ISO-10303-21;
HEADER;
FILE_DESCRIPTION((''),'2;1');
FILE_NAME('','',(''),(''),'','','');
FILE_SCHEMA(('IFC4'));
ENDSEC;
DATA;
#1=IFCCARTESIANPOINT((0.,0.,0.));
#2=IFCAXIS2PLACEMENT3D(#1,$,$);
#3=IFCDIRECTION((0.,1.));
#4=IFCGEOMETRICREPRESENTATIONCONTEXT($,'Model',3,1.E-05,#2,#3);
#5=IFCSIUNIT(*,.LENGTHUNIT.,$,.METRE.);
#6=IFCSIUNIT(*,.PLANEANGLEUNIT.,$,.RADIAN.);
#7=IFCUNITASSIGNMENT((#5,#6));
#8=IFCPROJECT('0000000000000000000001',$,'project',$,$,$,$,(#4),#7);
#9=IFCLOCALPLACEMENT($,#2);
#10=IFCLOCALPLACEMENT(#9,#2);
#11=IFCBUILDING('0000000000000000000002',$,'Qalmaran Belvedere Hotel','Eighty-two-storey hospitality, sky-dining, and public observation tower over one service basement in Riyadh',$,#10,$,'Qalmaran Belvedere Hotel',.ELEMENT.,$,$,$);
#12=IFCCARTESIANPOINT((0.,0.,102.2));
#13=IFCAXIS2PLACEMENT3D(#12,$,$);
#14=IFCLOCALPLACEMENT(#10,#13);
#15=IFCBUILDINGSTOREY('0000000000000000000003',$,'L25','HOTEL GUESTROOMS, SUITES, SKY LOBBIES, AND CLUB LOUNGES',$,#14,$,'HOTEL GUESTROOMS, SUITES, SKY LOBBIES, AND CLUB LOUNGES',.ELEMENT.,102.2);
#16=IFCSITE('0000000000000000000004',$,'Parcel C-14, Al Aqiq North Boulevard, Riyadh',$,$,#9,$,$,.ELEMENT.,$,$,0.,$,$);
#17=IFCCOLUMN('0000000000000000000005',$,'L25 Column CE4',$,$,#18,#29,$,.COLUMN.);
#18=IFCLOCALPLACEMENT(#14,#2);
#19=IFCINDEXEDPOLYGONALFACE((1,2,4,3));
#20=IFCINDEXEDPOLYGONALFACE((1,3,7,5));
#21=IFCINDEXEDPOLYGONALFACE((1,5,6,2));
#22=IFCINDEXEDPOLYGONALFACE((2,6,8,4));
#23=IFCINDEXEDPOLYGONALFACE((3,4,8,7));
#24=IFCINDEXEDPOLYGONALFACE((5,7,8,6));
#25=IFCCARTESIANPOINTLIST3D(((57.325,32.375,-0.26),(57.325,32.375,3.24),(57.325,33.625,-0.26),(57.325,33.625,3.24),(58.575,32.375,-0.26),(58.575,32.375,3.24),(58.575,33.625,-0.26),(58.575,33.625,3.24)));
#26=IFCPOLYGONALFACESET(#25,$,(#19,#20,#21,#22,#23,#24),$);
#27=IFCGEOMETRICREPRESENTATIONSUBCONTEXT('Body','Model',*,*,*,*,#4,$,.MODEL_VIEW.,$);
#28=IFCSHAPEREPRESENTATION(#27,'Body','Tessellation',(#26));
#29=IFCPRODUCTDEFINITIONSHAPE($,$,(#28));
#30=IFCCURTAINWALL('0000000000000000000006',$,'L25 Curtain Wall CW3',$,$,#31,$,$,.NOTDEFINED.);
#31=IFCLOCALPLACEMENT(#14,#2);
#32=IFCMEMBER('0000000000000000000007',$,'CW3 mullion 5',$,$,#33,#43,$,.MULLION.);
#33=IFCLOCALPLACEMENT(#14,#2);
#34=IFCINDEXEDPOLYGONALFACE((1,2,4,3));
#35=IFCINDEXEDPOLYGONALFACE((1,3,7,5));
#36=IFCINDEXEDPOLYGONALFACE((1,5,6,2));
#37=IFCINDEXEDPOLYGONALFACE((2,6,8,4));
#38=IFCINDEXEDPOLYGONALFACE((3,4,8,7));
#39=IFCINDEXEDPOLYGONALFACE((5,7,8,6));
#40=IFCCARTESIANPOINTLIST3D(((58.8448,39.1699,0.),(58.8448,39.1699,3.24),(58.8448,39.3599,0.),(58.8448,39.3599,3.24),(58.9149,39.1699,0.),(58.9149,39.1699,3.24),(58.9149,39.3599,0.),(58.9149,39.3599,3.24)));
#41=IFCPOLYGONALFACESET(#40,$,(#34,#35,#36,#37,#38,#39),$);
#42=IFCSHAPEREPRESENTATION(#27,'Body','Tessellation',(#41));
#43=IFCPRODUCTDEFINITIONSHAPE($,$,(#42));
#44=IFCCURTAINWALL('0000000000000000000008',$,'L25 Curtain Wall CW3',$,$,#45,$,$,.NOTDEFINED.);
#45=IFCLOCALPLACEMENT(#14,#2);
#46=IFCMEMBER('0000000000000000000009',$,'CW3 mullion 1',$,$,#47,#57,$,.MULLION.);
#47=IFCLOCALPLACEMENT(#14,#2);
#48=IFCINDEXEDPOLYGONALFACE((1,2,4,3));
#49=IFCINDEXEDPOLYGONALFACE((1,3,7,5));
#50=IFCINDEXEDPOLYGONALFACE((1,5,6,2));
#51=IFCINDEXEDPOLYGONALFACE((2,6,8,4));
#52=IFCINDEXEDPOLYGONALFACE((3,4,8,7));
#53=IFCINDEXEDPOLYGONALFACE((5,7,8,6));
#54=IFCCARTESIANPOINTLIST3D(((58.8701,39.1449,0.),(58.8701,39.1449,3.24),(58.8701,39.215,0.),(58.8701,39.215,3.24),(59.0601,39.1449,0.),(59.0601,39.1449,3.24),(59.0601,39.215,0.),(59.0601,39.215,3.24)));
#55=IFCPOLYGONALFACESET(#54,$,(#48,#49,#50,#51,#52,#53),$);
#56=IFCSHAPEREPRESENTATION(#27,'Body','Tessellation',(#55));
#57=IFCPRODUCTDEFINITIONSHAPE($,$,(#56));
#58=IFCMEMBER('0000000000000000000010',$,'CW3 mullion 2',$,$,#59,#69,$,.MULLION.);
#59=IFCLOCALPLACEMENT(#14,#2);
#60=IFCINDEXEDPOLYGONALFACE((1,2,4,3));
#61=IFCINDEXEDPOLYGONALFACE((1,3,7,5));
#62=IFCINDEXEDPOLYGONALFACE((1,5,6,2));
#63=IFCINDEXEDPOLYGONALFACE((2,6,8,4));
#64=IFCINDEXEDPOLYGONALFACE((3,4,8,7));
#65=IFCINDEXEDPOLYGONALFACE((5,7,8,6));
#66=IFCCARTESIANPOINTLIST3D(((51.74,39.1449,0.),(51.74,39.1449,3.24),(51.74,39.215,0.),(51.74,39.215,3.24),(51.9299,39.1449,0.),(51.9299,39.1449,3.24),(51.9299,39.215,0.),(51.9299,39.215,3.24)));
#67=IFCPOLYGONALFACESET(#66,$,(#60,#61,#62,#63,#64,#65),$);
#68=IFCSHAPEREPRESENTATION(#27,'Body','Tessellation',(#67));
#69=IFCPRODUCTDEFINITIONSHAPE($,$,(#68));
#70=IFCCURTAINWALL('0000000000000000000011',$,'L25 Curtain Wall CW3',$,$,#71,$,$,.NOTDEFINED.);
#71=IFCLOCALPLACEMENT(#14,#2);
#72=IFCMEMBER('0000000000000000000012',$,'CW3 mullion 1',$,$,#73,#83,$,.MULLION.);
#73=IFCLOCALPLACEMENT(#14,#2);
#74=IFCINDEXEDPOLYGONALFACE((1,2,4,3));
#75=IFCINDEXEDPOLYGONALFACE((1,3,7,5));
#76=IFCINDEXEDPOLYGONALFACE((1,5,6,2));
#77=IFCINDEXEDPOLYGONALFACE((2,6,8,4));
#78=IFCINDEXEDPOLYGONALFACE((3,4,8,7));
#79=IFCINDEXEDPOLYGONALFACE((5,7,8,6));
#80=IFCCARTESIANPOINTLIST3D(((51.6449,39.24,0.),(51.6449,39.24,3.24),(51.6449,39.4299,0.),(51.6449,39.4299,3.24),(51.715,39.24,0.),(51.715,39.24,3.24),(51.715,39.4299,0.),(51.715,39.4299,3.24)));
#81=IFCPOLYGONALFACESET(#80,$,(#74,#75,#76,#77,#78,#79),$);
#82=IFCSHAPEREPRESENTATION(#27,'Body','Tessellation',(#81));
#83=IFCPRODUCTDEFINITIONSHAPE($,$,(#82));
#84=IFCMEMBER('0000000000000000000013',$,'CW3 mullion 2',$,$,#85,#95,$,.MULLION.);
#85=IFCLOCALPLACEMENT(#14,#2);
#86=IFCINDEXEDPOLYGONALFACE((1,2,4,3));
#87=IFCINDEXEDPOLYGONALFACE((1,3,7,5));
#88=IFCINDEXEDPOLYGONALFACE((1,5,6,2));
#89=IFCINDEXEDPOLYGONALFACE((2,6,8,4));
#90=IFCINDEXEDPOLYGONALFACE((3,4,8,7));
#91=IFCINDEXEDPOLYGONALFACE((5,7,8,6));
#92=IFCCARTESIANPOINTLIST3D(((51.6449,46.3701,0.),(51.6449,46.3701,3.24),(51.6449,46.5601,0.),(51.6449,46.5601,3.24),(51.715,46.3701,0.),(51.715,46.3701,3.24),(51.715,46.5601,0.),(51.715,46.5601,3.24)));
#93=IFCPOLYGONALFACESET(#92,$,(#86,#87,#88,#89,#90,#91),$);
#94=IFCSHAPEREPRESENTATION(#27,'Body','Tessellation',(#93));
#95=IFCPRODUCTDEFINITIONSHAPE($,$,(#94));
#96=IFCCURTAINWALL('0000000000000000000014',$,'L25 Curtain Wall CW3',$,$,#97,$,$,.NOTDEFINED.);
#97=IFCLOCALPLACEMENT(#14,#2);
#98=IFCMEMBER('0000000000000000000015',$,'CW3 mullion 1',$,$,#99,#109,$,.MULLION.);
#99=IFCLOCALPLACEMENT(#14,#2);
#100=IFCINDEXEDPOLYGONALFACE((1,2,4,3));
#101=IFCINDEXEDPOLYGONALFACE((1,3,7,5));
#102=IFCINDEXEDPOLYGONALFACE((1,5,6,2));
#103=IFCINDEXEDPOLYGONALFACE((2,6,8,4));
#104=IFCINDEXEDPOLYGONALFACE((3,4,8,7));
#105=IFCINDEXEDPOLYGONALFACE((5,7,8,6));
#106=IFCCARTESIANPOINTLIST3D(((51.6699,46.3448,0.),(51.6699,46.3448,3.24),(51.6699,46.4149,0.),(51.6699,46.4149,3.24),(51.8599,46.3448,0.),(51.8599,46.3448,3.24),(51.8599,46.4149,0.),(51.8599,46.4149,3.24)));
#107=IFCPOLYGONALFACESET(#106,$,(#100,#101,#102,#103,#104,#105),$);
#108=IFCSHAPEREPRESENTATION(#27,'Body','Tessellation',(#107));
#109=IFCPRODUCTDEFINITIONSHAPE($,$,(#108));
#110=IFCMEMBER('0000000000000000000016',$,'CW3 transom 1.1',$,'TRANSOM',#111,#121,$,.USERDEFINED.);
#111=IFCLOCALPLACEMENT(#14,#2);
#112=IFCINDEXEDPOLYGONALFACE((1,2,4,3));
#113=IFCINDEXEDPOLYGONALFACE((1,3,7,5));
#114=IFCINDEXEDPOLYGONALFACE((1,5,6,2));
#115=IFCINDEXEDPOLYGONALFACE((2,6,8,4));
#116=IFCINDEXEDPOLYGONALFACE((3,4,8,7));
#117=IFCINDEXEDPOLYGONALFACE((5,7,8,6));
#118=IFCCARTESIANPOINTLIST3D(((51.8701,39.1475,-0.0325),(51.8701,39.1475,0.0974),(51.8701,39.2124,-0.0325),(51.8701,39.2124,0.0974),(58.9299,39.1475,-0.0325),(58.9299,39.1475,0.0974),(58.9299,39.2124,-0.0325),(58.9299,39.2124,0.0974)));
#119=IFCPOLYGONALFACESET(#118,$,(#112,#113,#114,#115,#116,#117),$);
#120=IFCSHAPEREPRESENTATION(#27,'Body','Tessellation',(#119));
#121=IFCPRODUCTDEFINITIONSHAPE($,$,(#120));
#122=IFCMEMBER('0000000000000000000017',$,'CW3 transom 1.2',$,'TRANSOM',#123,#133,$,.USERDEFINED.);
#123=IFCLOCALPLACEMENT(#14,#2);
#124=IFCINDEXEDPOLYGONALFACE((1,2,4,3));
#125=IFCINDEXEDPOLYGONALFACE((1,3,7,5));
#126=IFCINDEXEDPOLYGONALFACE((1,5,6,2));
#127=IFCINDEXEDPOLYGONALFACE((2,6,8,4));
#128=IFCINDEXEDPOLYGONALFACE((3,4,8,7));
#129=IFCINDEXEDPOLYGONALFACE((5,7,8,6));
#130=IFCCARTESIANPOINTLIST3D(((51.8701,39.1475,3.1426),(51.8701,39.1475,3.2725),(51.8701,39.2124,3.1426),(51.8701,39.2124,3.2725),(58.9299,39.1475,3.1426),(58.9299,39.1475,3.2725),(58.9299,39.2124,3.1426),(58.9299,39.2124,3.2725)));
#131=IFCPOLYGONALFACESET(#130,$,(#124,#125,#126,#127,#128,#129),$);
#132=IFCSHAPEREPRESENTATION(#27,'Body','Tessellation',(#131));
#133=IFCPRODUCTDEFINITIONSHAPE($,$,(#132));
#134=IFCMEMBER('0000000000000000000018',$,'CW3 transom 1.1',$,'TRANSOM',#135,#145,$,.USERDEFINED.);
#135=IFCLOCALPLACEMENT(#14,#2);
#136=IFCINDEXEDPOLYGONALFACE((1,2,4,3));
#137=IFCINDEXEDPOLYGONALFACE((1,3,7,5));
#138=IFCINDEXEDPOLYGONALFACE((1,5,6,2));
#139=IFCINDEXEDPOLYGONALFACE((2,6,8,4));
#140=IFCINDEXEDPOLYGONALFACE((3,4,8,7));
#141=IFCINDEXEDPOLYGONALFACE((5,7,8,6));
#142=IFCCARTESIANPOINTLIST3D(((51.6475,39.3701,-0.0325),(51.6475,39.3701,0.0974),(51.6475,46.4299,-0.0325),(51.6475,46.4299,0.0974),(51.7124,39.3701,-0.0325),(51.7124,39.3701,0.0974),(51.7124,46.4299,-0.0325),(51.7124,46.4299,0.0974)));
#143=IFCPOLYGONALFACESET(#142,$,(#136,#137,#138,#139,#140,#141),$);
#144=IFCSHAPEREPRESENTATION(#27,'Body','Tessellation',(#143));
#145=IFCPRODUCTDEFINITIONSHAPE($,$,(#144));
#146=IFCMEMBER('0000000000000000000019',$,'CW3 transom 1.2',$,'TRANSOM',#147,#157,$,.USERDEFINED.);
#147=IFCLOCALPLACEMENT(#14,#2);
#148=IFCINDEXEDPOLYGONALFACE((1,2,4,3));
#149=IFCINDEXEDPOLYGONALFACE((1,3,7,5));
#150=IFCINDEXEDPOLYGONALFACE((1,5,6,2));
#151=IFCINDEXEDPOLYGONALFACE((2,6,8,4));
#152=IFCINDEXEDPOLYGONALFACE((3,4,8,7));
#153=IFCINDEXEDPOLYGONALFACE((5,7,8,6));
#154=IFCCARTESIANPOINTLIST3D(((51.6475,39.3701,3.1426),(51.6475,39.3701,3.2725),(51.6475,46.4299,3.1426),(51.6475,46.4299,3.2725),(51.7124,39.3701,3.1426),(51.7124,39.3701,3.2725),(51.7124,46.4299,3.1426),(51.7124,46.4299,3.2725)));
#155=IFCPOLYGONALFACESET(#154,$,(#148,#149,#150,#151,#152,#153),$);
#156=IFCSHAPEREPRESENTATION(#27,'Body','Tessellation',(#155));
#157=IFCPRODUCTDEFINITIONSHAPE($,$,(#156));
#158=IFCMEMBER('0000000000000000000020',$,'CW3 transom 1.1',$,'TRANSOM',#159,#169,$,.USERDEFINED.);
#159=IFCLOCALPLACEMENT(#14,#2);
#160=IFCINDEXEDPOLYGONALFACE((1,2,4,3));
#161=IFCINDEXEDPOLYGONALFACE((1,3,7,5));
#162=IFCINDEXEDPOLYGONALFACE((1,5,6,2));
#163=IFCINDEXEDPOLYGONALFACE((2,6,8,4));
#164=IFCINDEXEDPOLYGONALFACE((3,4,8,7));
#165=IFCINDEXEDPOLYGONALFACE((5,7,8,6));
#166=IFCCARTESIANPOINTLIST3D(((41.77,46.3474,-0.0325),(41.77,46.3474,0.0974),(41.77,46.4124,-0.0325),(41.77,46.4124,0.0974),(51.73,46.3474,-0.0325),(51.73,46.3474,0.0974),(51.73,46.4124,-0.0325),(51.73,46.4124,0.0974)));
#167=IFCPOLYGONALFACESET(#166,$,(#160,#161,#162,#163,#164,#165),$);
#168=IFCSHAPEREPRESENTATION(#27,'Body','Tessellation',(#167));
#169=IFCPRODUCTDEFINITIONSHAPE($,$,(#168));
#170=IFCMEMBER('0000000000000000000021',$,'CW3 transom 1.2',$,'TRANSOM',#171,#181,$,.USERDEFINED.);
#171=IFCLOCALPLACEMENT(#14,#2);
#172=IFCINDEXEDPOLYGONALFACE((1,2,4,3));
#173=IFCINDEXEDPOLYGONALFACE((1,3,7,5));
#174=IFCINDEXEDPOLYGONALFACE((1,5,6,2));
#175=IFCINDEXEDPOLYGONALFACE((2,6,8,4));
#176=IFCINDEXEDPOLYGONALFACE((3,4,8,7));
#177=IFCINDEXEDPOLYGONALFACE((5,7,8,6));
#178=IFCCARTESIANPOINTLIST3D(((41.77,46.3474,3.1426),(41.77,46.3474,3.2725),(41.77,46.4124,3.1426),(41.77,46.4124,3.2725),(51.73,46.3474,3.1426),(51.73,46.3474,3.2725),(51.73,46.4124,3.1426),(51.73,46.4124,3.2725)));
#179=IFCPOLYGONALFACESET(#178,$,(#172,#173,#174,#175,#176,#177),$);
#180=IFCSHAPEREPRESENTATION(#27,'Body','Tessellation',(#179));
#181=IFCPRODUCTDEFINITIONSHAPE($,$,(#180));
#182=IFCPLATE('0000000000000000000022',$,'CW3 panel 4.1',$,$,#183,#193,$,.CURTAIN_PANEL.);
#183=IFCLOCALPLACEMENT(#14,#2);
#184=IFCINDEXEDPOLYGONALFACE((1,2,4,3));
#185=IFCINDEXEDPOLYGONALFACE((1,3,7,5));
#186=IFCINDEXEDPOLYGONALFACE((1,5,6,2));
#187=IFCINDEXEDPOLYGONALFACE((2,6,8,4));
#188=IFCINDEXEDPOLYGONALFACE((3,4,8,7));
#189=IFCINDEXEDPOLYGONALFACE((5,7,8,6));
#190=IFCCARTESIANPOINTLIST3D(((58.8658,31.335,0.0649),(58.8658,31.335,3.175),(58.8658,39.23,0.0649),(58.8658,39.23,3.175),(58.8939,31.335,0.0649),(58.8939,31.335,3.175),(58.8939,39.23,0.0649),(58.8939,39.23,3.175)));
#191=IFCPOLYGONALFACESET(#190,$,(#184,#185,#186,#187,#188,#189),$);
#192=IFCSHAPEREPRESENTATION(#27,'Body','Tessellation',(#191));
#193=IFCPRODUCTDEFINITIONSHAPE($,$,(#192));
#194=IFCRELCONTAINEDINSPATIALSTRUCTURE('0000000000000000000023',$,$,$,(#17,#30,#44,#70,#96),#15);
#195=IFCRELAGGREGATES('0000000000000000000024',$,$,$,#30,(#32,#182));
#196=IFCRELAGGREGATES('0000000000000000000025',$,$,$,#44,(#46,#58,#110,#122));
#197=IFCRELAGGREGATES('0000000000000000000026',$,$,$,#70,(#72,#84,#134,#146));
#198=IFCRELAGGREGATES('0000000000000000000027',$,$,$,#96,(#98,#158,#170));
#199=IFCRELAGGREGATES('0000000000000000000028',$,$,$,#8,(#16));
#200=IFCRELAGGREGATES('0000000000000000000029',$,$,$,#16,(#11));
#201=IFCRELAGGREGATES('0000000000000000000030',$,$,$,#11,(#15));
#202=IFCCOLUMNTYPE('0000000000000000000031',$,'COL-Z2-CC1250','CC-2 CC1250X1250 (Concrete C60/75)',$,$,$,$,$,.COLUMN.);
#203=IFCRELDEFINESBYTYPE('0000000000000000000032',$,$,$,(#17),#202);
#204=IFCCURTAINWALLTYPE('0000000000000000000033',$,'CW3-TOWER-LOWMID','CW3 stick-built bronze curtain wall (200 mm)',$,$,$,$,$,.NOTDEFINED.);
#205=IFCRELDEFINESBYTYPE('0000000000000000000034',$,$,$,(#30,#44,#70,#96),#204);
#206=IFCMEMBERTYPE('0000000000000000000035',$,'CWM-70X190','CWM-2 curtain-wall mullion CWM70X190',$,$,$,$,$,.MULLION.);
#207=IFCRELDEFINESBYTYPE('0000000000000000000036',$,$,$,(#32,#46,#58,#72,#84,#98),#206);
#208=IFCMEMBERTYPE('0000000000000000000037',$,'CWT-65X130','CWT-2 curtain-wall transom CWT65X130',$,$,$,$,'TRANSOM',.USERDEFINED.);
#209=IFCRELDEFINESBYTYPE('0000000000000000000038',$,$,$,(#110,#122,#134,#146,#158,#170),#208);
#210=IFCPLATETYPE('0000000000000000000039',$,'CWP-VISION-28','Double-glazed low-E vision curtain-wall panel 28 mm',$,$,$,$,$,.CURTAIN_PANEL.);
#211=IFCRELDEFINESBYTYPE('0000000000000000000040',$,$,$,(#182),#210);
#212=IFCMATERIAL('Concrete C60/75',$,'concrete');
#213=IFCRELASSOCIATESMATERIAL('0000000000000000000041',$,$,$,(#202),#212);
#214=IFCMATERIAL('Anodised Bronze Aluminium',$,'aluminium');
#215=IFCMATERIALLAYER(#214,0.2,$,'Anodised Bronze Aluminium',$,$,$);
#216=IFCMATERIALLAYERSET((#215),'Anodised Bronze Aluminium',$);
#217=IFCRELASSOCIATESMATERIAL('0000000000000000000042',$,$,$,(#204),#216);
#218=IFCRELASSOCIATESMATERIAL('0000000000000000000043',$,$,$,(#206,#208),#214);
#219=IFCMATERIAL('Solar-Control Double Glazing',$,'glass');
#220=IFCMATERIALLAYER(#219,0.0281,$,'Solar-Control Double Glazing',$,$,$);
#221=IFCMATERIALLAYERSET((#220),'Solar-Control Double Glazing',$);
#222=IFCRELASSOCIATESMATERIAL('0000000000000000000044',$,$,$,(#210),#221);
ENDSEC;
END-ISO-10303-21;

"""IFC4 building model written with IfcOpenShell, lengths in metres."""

from ifc_helpers import new_model, si_unit, direction, frame, origin, origin_2d, place, context, subcontext, project, spatial, rectangle, extrude, material, layer, layer_set, material_profile, profile_set, type_object, element, aggregate, save


model = new_model("IFC4")

# Units and contexts
model_context = context("Model", 3, precision=1e-05, world=origin(), true_north=direction((0.0, 1.0)))
body_context = subcontext(model_context, "Body", "Model", "MODEL_VIEW")
ifc_project = project(units=[si_unit("LENGTHUNIT", "METRE"), si_unit("PLANEANGLEUNIT", "RADIAN")], contexts=[model_context])

# Site, building, storey
site_placement = place(None, origin())
site = spatial("IfcSite", under=ifc_project, at=site_placement, Name="Parcel C-14, Al Aqiq North Boulevard, Riyadh", CompositionType="ELEMENT", RefElevation=0.0)
building_placement = place(site_placement, origin())
building = spatial("IfcBuilding", under=site, at=building_placement, Name="Qalmaran Belvedere Hotel", Description="Eighty-two-storey hospitality, sky-dining, and public observation tower over one service basement in Riyadh", LongName="Qalmaran Belvedere Hotel", CompositionType="ELEMENT")
storey_placement = place(building_placement, frame((0.0, 0.0, 102.2)))
storey = spatial("IfcBuildingStorey", under=building, at=storey_placement, Name="L25", Description="HOTEL GUESTROOMS, SUITES, SKY LOBBIES, AND CLUB LOUNGES", LongName="HOTEL GUESTROOMS, SUITES, SKY LOBBIES, AND CLUB LOUNGES", CompositionType="ELEMENT", Elevation=102.2)

# Column
ifc_material_1 = material(Name="Concrete C60/75", Category="concrete")
ifc_material_profile_1 = material_profile(ifc_material_1, rectangle(XDim=1.25, YDim=1.25, at=origin_2d()), Name="CC1250X1250")
ifc_profile_set_1 = profile_set([ifc_material_profile_1], Name="Concrete C60/75")
column_type = type_object("IfcColumnType", Name="COL-Z2-CC1250", Description="CC-2 CC1250X1250 (Concrete C60/75)", PredefinedType="COLUMN", material=ifc_profile_set_1)
column_placement = place(storey_placement, frame((57.95, 33.0, -0.26), z_axis=(0.0, 0.0, 1.0), x_axis=(1.0, 0.0, 0.0)))
element("IfcColumn", 1, at=column_placement, inside=storey, type_object=column_type, Name="L25 Column CE4", PredefinedType="COLUMN", context=body_context, shape_type="SweptSolid", body=[
    extrude(rectangle(XDim=1.25, YDim=1.25, at=origin_2d()), origin(), (0.0, 0.0, 1.0), 3.5),
])

# Curtain wall, member
ifc_material_2 = material(Name="Anodised Bronze Aluminium", Category="aluminium")
ifc_layer_1 = layer(ifc_material_2, 0.2, Name="Anodised Bronze Aluminium")
ifc_layer_set_1 = layer_set([ifc_layer_1], Name="Anodised Bronze Aluminium")
curtain_wall_type = type_object("IfcCurtainWallType", Name="CW3-TOWER-LOWMID", Description="CW3 stick-built bronze curtain wall (200 mm)", PredefinedType="NOTDEFINED", material=ifc_layer_set_1)
curtain_wall_1_placement = place(storey_placement, origin())
curtain_wall_1 = element("IfcCurtainWall", 2, at=curtain_wall_1_placement, inside=storey, type_object=curtain_wall_type, Name="L25 Curtain Wall CW3", PredefinedType="NOTDEFINED")
ifc_material_profile_2 = material_profile(ifc_material_2, rectangle(XDim=0.0701, YDim=0.1899, at=origin_2d()), Name="CWM70X190")
ifc_profile_set_2 = profile_set([ifc_material_profile_2], Name="Anodised Bronze Aluminium")
member_type_1 = type_object("IfcMemberType", Name="CWM-70X190", Description="CWM-2 curtain-wall mullion CWM70X190", PredefinedType="MULLION", material=ifc_profile_set_2)
member_1_placement = place(storey_placement, frame((58.8799, 39.2649, 0.0), z_axis=(0.0, 0.0, 1.0), x_axis=(-1.0, 0.0, 0.0)))
member_1 = element("IfcMember", 3, at=member_1_placement, type_object=member_type_1, Name="CW3 mullion 5", PredefinedType="MULLION", context=body_context, shape_type="SweptSolid", body=[
    extrude(rectangle(XDim=0.0701, YDim=0.1899, at=origin_2d()), origin(), (0.0, 0.0, 1.0), 3.24),
])

# Curtain walls, members
curtain_wall_2_placement = place(storey_placement, origin())
curtain_wall_2 = element("IfcCurtainWall", 4, at=curtain_wall_2_placement, inside=storey, type_object=curtain_wall_type, Name="L25 Curtain Wall CW3", PredefinedType="NOTDEFINED")
member_2_placement = place(storey_placement, frame((58.9651, 39.1799, 0.0), z_axis=(0.0, 0.0, 1.0), x_axis=(0.0, -1.0, 0.0)))
member_2 = element("IfcMember", 5, at=member_2_placement, type_object=member_type_1, Name="CW3 mullion 1", PredefinedType="MULLION", context=body_context, shape_type="SweptSolid", body=[
    extrude(rectangle(XDim=0.0701, YDim=0.1899, at=origin_2d()), origin(), (0.0, 0.0, 1.0), 3.24),
])
member_3_placement = place(storey_placement, frame((51.835, 39.1799, 0.0), z_axis=(0.0, 0.0, 1.0), x_axis=(0.0, -1.0, 0.0)))
member_3 = element("IfcMember", 6, at=member_3_placement, type_object=member_type_1, Name="CW3 mullion 2", PredefinedType="MULLION", context=body_context, shape_type="SweptSolid", body=[
    extrude(rectangle(XDim=0.0701, YDim=0.1899, at=origin_2d()), origin(), (0.0, 0.0, 1.0), 3.24),
])
curtain_wall_3_placement = place(storey_placement, origin())
curtain_wall_3 = element("IfcCurtainWall", 7, at=curtain_wall_3_placement, inside=storey, type_object=curtain_wall_type, Name="L25 Curtain Wall CW3", PredefinedType="NOTDEFINED")
member_4_placement = place(storey_placement, frame((51.6799, 39.335, 0.0), z_axis=(0.0, 0.0, 1.0), x_axis=(-1.0, 0.0, 0.0)))
member_4 = element("IfcMember", 8, at=member_4_placement, type_object=member_type_1, Name="CW3 mullion 1", PredefinedType="MULLION", context=body_context, shape_type="SweptSolid", body=[
    extrude(rectangle(XDim=0.0701, YDim=0.1899, at=origin_2d()), origin(), (0.0, 0.0, 1.0), 3.24),
])
member_5_placement = place(storey_placement, frame((51.6799, 46.4651, 0.0), z_axis=(0.0, 0.0, 1.0), x_axis=(-1.0, 0.0, 0.0)))
member_5 = element("IfcMember", 9, at=member_5_placement, type_object=member_type_1, Name="CW3 mullion 2", PredefinedType="MULLION", context=body_context, shape_type="SweptSolid", body=[
    extrude(rectangle(XDim=0.0701, YDim=0.1899, at=origin_2d()), origin(), (0.0, 0.0, 1.0), 3.24),
])

# Curtain wall, member
curtain_wall_4_placement = place(storey_placement, origin())
curtain_wall_4 = element("IfcCurtainWall", 10, at=curtain_wall_4_placement, inside=storey, type_object=curtain_wall_type, Name="L25 Curtain Wall CW3", PredefinedType="NOTDEFINED")
member_6_placement = place(storey_placement, frame((51.7649, 46.3799, 0.0), z_axis=(0.0, 0.0, 1.0), x_axis=(0.0, -1.0, 0.0)))
member_6 = element("IfcMember", 11, at=member_6_placement, type_object=member_type_1, Name="CW3 mullion 1", PredefinedType="MULLION", context=body_context, shape_type="SweptSolid", body=[
    extrude(rectangle(XDim=0.0701, YDim=0.1899, at=origin_2d()), origin(), (0.0, 0.0, 1.0), 3.24),
])

# Members
ifc_material_profile_3 = material_profile(ifc_material_2, rectangle(XDim=0.0649, YDim=0.1299, at=origin_2d()), Name="CWT65X130")
ifc_profile_set_3 = profile_set([ifc_material_profile_3], Name="Anodised Bronze Aluminium")
member_type_2 = type_object("IfcMemberType", Name="CWT-65X130", Description="CWT-2 curtain-wall transom CWT65X130", ElementType="TRANSOM", PredefinedType="USERDEFINED", material=ifc_profile_set_3)
member_7_placement = place(storey_placement, frame((58.9299, 39.1799, 0.0325), z_axis=(-1.0, 0.0, 0.0), x_axis=(0.0, -1.0, 0.0)))
member_7 = element("IfcMember", 12, at=member_7_placement, type_object=member_type_2, Name="CW3 transom 1.1", ObjectType="TRANSOM", PredefinedType="USERDEFINED", context=body_context, shape_type="SweptSolid", body=[
    extrude(rectangle(XDim=0.0649, YDim=0.1299, at=origin_2d()), origin(), (0.0, 0.0, 1.0), 7.0598),
])
member_8_placement = place(storey_placement, frame((58.9299, 39.1799, 3.2075), z_axis=(-1.0, 0.0, 0.0), x_axis=(0.0, -1.0, 0.0)))
member_8 = element("IfcMember", 13, at=member_8_placement, type_object=member_type_2, Name="CW3 transom 1.2", ObjectType="TRANSOM", PredefinedType="USERDEFINED", context=body_context, shape_type="SweptSolid", body=[
    extrude(rectangle(XDim=0.0649, YDim=0.1299, at=origin_2d()), origin(), (0.0, 0.0, 1.0), 7.0598),
])
member_9_placement = place(storey_placement, frame((51.6799, 39.3701, 0.0325), z_axis=(0.0, 1.0, 0.0), x_axis=(-1.0, 0.0, 0.0)))
member_9 = element("IfcMember", 14, at=member_9_placement, type_object=member_type_2, Name="CW3 transom 1.1", ObjectType="TRANSOM", PredefinedType="USERDEFINED", context=body_context, shape_type="SweptSolid", body=[
    extrude(rectangle(XDim=0.0649, YDim=0.1299, at=origin_2d()), origin(), (0.0, 0.0, 1.0), 7.0598),
])
member_10_placement = place(storey_placement, frame((51.6799, 39.3701, 3.2075), z_axis=(0.0, 1.0, 0.0), x_axis=(-1.0, 0.0, 0.0)))
member_10 = element("IfcMember", 15, at=member_10_placement, type_object=member_type_2, Name="CW3 transom 1.2", ObjectType="TRANSOM", PredefinedType="USERDEFINED", context=body_context, shape_type="SweptSolid", body=[
    extrude(rectangle(XDim=0.0649, YDim=0.1299, at=origin_2d()), origin(), (0.0, 0.0, 1.0), 7.0598),
])
member_11_placement = place(storey_placement, frame((51.73, 46.3799, 0.0325), z_axis=(-1.0, 0.0, 0.0), x_axis=(0.0, -1.0, 0.0)))
member_11 = element("IfcMember", 16, at=member_11_placement, type_object=member_type_2, Name="CW3 transom 1.1", ObjectType="TRANSOM", PredefinedType="USERDEFINED", context=body_context, shape_type="SweptSolid", body=[
    extrude(rectangle(XDim=0.0649, YDim=0.1299, at=origin_2d()), origin(), (0.0, 0.0, 1.0), 9.96),
])
member_12_placement = place(storey_placement, frame((51.73, 46.3799, 3.2075), z_axis=(-1.0, 0.0, 0.0), x_axis=(0.0, -1.0, 0.0)))
member_12 = element("IfcMember", 17, at=member_12_placement, type_object=member_type_2, Name="CW3 transom 1.2", ObjectType="TRANSOM", PredefinedType="USERDEFINED", context=body_context, shape_type="SweptSolid", body=[
    extrude(rectangle(XDim=0.0649, YDim=0.1299, at=origin_2d()), origin(), (0.0, 0.0, 1.0), 9.96),
])

# Plate
ifc_material_3 = material(Name="Solar-Control Double Glazing", Category="glass")
ifc_layer_2 = layer(ifc_material_3, 0.0281, Name="Solar-Control Double Glazing")
ifc_layer_set_2 = layer_set([ifc_layer_2], Name="Solar-Control Double Glazing")
plate_type = type_object("IfcPlateType", Name="CWP-VISION-28", Description="Double-glazed low-E vision curtain-wall panel 28 mm", PredefinedType="CURTAIN_PANEL", material=ifc_layer_set_2)
plate_1_placement = place(storey_placement, frame((58.8799, 35.2825, 0.0649), z_axis=(0.0, 0.0, 1.0), x_axis=(0.0, 1.0, 0.0)))
plate_1 = element("IfcPlate", 18, at=plate_1_placement, type_object=plate_type, Name="CW3 panel 4.1", PredefinedType="CURTAIN_PANEL", context=body_context, shape_type="SweptSolid", body=[
    extrude(rectangle(XDim=7.895, YDim=0.0281, at=origin_2d()), origin(), (0.0, 0.0, 1.0), 3.1101),
])
aggregate(curtain_wall_1, [member_1, plate_1])
aggregate(curtain_wall_2, [member_2, member_3, member_7, member_8])
aggregate(curtain_wall_3, [member_4, member_5, member_9, member_10])
aggregate(curtain_wall_4, [member_6, member_11, member_12])

save(model, "model.ifc")
